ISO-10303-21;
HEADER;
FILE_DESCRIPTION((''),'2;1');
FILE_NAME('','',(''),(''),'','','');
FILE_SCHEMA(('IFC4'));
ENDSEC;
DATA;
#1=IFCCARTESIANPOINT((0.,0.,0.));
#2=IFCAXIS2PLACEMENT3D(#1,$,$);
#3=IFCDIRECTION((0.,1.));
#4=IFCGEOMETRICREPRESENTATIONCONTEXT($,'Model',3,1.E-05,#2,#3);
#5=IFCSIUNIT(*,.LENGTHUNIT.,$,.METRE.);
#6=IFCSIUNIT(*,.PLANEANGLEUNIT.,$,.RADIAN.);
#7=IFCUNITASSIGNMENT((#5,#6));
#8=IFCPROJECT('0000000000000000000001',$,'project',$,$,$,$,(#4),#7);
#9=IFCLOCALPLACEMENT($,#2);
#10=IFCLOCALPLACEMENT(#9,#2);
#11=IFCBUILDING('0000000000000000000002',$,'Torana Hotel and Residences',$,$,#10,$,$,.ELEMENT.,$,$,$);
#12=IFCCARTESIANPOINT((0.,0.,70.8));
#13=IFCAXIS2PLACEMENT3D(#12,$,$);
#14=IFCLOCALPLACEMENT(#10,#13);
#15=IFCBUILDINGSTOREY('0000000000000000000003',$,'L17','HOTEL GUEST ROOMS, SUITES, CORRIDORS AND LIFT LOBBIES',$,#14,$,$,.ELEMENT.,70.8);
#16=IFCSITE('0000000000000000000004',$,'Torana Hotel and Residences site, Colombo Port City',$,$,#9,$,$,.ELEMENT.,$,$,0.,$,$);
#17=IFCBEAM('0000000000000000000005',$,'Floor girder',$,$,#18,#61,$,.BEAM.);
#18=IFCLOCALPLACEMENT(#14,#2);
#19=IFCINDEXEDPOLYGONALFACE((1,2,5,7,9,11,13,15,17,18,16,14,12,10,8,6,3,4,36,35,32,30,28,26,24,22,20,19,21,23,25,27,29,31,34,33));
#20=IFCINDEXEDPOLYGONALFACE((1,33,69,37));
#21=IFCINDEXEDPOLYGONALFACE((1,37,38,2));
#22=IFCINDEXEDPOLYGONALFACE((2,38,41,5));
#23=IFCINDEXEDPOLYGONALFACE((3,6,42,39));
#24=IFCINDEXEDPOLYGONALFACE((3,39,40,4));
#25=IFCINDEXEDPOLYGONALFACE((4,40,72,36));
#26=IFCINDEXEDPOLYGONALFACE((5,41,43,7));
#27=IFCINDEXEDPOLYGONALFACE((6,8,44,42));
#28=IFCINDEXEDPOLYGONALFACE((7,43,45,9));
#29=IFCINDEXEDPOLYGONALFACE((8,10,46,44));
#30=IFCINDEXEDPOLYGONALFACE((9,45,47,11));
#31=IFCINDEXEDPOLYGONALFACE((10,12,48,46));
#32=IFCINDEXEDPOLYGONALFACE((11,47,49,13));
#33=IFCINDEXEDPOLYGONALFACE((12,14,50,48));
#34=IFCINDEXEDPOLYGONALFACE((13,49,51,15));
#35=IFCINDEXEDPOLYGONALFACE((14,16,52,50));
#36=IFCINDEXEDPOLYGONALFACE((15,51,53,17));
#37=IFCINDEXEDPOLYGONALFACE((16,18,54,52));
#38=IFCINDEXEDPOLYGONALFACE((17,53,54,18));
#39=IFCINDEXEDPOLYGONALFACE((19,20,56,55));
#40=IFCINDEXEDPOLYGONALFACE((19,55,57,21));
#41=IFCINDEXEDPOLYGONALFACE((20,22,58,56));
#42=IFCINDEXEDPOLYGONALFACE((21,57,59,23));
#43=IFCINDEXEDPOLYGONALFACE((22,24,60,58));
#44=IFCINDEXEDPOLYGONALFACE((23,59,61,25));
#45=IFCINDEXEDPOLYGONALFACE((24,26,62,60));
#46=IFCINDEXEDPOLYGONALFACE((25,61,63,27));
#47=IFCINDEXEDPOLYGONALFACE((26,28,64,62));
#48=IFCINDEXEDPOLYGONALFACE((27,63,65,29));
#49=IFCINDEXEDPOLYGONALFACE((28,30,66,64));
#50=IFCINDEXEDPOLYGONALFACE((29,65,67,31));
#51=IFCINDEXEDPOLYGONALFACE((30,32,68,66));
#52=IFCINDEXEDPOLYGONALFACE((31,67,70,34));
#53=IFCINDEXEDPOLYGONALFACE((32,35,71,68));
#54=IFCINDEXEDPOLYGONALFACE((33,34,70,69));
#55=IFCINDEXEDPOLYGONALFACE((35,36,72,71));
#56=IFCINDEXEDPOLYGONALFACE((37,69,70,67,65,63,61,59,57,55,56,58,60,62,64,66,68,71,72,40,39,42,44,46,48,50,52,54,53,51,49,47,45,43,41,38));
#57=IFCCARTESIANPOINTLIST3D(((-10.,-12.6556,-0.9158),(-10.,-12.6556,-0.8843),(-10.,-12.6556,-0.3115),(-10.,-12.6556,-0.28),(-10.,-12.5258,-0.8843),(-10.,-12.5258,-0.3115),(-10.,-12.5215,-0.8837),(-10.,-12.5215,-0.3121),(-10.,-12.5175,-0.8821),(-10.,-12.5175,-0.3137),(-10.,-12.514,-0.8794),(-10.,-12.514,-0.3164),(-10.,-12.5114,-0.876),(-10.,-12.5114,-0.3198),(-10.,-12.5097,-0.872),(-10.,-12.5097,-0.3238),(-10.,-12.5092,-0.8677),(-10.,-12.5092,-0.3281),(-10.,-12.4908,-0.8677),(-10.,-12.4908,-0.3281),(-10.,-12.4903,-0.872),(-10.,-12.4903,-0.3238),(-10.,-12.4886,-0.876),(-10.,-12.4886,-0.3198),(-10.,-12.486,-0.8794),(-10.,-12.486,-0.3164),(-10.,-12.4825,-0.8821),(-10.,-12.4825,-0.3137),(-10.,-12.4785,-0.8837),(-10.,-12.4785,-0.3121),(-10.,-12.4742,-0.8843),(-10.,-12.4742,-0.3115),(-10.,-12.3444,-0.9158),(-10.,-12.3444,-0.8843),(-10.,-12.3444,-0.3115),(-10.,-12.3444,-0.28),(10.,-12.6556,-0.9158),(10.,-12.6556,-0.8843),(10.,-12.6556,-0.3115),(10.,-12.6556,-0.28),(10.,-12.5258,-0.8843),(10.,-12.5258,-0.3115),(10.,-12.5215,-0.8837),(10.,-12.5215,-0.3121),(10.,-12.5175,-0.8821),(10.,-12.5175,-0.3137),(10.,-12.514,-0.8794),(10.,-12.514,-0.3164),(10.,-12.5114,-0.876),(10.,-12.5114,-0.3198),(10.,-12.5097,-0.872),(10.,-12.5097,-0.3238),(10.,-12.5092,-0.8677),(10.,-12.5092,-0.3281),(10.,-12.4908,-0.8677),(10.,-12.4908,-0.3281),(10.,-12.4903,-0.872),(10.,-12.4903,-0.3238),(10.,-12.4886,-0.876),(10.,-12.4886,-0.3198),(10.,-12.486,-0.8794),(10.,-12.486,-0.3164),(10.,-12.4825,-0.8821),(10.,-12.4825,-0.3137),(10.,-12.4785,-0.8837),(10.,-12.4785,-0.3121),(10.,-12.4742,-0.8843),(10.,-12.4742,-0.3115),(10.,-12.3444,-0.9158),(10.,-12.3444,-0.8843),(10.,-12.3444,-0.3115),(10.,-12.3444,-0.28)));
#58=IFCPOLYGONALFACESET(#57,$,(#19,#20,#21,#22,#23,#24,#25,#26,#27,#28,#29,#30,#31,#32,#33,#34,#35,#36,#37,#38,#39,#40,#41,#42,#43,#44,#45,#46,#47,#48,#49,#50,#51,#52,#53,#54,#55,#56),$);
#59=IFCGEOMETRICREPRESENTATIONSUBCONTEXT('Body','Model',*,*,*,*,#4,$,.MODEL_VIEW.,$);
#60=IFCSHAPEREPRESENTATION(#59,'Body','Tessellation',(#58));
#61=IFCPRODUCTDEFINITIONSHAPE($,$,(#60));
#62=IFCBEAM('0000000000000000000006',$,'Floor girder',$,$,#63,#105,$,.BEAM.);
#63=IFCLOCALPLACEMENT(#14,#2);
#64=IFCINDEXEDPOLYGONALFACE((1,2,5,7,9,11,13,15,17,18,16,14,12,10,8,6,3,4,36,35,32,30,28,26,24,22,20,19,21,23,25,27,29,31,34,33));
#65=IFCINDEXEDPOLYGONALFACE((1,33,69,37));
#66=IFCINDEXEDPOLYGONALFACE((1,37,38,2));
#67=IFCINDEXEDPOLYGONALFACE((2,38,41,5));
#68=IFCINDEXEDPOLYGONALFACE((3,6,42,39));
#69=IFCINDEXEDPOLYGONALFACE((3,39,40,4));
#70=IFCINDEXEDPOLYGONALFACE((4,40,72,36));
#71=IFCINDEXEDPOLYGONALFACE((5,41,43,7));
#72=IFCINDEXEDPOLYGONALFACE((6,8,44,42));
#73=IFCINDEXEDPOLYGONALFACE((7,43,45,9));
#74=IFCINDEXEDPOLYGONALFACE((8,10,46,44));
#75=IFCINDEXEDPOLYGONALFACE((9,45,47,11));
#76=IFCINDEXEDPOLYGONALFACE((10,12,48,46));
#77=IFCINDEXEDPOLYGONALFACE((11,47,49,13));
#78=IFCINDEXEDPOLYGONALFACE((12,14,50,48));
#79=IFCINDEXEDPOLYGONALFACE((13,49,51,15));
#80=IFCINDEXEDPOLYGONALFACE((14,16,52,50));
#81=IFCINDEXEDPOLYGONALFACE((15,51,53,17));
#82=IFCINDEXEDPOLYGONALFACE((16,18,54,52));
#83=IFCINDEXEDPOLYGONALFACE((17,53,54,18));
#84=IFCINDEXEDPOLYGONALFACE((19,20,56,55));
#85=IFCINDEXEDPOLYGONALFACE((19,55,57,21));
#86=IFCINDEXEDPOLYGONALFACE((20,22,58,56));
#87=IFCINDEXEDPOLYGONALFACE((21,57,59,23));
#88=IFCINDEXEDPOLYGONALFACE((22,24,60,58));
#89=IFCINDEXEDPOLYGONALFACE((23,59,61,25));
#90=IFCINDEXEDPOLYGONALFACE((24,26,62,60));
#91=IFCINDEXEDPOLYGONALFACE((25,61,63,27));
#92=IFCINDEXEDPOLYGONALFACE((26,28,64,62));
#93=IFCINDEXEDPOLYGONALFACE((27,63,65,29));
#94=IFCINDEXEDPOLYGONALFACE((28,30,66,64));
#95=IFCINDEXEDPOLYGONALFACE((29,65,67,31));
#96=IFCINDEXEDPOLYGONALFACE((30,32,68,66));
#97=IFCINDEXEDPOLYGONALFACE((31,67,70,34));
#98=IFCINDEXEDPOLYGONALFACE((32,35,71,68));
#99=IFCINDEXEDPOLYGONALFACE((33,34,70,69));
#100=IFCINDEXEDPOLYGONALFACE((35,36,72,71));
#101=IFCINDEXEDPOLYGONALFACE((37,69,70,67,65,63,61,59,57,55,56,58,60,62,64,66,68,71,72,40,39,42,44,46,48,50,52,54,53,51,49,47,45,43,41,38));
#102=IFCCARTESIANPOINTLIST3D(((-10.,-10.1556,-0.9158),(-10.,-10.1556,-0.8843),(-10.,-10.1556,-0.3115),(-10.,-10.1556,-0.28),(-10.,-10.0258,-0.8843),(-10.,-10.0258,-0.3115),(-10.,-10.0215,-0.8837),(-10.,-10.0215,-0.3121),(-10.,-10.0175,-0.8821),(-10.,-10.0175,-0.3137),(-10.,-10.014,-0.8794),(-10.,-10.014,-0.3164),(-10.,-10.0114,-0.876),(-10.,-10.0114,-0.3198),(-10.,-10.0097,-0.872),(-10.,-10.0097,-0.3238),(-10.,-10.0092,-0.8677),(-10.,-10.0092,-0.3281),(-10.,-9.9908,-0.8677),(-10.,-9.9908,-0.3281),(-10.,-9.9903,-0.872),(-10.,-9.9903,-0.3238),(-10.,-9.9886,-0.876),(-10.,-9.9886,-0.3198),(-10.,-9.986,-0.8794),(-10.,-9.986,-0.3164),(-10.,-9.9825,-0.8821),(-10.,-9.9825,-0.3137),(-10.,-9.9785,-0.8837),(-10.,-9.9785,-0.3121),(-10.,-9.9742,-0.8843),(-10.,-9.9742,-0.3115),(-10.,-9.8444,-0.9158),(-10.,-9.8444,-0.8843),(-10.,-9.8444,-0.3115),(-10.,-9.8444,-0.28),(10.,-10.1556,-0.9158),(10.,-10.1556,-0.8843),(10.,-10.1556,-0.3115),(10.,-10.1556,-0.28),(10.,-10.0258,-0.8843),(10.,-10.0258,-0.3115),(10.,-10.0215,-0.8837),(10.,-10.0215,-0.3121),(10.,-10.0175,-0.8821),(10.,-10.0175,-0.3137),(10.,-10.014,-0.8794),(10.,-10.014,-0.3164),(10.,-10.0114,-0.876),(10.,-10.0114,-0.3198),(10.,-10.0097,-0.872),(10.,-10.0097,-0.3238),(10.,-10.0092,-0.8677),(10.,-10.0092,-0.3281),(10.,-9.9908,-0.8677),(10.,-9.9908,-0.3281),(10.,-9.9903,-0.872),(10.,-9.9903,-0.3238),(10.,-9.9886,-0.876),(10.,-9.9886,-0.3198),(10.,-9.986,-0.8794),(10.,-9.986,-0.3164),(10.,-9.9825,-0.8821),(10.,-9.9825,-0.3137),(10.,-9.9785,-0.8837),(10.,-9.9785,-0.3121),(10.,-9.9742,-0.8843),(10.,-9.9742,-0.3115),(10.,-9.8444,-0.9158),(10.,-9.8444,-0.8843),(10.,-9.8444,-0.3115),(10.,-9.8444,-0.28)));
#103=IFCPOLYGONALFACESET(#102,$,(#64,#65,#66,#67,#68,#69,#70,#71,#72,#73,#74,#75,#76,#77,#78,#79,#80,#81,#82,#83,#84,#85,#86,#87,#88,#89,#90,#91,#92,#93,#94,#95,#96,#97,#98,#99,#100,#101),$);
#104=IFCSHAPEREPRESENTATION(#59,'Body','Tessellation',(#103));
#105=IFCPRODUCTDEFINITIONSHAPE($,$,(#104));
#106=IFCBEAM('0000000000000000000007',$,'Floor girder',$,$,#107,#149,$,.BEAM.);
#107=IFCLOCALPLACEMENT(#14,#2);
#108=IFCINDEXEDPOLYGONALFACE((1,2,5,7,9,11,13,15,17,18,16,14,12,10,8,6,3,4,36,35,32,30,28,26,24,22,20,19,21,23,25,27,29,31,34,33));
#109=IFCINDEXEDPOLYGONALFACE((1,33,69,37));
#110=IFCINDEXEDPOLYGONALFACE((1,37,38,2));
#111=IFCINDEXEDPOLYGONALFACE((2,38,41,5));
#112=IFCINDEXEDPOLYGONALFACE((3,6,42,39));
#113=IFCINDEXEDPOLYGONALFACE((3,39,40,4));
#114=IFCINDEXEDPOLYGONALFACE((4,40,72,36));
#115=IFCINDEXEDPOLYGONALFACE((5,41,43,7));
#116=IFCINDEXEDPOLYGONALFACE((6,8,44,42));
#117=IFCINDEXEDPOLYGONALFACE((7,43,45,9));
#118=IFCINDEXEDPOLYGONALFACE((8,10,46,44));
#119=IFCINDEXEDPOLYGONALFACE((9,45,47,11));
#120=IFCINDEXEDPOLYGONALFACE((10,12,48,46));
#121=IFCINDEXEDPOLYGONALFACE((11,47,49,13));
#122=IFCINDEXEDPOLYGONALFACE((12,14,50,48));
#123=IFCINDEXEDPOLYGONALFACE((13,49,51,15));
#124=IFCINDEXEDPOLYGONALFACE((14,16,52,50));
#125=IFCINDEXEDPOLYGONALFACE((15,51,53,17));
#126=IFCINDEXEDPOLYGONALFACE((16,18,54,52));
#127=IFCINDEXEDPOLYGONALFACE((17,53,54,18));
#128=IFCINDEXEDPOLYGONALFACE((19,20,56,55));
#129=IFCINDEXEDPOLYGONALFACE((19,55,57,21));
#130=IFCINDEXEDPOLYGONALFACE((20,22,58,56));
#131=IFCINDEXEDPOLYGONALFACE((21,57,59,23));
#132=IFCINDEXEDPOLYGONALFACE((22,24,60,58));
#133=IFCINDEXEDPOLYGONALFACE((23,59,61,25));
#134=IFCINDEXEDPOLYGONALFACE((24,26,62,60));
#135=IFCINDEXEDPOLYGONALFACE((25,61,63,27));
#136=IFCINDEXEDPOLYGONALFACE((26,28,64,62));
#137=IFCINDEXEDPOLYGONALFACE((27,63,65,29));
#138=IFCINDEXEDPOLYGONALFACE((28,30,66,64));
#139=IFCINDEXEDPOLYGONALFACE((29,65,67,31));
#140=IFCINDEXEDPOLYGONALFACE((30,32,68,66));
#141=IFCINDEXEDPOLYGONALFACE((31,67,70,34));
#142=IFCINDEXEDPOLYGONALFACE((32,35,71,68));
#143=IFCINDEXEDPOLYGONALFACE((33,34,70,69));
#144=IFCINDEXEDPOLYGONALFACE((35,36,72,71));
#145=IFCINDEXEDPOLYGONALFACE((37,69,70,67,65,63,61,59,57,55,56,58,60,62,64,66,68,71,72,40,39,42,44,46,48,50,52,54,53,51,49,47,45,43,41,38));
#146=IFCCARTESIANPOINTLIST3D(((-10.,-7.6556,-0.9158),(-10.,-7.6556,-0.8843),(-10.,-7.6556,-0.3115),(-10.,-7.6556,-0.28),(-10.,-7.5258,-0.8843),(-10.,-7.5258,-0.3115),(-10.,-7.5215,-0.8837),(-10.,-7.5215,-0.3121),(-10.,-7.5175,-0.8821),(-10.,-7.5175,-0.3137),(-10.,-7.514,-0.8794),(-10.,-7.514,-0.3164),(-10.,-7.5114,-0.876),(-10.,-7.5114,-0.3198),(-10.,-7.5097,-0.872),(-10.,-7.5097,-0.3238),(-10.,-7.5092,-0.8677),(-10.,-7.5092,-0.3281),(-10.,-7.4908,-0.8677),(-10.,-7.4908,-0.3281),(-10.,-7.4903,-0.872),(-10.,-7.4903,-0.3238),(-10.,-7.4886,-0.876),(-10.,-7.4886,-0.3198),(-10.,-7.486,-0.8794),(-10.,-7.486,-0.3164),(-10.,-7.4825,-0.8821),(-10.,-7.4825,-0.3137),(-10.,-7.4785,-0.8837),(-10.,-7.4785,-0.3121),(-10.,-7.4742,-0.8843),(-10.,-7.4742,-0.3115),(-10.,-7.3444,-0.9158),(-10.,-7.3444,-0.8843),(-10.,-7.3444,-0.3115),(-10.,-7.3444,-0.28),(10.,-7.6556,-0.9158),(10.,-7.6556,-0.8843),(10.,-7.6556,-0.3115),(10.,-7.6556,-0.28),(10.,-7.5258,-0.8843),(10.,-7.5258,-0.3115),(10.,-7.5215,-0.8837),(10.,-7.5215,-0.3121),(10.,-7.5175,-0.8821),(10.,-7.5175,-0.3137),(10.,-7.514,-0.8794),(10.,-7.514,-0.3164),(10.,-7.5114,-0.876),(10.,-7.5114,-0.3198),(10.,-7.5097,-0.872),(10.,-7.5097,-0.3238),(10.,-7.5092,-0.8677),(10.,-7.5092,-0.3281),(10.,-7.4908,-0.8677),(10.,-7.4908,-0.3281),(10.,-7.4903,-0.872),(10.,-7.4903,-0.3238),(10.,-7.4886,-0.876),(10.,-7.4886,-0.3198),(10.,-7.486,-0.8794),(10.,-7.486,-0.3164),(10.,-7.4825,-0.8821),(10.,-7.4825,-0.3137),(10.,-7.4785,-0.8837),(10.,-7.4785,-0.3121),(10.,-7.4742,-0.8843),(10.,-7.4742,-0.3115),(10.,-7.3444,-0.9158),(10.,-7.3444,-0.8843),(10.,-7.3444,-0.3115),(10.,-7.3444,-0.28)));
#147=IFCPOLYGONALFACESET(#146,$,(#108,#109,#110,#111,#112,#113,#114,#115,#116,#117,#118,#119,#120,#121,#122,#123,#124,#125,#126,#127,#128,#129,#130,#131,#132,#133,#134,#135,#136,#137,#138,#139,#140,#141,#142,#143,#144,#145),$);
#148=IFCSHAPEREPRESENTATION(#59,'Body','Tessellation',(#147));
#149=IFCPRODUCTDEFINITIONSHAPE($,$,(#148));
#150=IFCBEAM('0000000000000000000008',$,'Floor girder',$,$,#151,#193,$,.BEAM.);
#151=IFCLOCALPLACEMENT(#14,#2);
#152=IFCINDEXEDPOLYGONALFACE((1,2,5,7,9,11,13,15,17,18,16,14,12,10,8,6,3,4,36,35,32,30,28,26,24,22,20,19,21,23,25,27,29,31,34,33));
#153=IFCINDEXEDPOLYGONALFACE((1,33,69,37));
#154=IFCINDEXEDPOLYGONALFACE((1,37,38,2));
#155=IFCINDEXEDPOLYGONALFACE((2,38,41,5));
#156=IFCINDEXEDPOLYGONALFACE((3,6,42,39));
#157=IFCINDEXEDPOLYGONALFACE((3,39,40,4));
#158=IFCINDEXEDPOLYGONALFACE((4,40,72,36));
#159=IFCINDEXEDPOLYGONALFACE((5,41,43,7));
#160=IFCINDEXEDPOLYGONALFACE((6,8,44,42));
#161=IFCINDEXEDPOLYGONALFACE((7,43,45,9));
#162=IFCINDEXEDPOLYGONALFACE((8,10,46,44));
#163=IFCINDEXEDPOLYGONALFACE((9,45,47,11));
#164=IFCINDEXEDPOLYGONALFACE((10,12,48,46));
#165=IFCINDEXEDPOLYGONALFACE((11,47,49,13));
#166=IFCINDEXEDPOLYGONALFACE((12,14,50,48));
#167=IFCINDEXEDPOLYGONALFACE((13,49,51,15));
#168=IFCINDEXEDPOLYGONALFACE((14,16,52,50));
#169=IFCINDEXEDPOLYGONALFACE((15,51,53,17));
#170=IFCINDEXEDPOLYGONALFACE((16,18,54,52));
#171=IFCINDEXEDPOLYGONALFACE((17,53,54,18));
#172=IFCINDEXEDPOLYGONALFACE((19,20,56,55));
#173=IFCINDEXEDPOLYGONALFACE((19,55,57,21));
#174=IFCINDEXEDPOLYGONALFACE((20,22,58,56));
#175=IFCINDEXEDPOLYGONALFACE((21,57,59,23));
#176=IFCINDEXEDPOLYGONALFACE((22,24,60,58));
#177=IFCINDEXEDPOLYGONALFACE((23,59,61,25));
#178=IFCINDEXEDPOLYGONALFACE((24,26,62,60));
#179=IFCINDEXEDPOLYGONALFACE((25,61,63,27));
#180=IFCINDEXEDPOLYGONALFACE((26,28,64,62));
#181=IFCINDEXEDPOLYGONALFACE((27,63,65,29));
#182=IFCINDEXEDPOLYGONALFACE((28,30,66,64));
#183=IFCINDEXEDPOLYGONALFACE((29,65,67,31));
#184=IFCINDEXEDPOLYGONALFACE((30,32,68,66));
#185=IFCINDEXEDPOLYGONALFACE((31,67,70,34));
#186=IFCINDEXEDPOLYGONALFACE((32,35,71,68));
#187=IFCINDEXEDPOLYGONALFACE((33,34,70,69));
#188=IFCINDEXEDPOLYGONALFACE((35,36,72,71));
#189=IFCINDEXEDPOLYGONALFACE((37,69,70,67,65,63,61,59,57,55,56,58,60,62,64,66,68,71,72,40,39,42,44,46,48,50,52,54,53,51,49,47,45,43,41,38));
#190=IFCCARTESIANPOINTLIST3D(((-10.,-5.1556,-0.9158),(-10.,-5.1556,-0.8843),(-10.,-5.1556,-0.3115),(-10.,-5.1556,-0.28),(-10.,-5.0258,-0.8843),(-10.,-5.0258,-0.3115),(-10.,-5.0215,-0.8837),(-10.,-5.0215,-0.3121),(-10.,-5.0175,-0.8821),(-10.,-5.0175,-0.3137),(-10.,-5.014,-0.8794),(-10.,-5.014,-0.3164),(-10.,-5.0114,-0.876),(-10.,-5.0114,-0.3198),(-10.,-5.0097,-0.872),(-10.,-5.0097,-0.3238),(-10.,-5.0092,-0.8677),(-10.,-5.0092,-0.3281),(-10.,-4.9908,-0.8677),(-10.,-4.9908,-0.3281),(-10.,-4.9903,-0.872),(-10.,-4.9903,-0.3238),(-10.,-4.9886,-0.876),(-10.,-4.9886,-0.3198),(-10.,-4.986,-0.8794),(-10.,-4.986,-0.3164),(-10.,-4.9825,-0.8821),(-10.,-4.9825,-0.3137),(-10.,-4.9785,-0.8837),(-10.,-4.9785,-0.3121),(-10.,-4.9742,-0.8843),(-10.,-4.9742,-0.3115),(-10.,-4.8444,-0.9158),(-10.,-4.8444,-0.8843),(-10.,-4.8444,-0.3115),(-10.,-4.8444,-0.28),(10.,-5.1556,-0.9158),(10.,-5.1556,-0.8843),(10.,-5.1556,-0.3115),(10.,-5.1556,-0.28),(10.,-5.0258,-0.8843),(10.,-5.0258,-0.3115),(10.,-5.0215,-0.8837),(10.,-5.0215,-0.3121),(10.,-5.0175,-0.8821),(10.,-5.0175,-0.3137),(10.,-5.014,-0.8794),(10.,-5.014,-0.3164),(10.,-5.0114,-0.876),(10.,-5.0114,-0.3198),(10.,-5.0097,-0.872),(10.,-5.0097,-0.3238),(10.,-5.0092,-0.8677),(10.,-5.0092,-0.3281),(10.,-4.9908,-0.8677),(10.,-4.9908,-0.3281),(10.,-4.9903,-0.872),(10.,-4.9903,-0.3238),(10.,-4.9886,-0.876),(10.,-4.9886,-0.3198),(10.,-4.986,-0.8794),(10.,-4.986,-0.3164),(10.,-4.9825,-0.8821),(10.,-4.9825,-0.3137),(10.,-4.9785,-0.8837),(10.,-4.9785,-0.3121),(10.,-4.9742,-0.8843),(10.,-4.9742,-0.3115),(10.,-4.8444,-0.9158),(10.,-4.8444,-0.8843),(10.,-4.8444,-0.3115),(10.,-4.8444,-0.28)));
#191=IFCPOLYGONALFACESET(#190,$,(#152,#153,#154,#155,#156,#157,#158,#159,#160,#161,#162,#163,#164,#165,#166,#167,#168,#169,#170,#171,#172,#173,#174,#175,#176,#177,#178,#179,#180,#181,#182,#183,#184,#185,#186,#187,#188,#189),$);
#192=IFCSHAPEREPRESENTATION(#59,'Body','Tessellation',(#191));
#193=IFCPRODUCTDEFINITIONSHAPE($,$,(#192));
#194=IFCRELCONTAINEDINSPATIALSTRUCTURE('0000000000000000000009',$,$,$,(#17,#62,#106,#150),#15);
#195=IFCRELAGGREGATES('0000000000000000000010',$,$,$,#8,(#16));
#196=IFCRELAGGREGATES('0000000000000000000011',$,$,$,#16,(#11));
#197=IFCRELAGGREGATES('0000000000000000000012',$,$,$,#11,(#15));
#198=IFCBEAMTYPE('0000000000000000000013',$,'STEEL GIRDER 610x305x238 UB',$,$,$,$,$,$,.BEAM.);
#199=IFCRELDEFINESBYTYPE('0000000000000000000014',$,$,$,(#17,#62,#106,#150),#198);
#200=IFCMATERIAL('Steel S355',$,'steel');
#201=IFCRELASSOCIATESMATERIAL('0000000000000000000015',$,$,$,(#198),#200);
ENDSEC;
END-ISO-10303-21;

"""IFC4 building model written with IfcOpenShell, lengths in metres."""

from ifc_helpers import new_model, si_unit, direction, frame, origin, origin_2d, place, context, subcontext, project, spatial, i_section, extrude, material, material_profile, profile_set, type_object, element, save


model = new_model("IFC4")

# Units and contexts
model_context = context("Model", 3, precision=1e-05, world=origin(), true_north=direction((0.0, 1.0)))
body_context = subcontext(model_context, "Body", "Model", "MODEL_VIEW")
ifc_project = project(units=[si_unit("LENGTHUNIT", "METRE"), si_unit("PLANEANGLEUNIT", "RADIAN")], contexts=[model_context])

# Site, building, storey
site_placement = place(None, origin())
site = spatial("IfcSite", under=ifc_project, at=site_placement, Name="Torana Hotel and Residences site, Colombo Port City", CompositionType="ELEMENT", RefElevation=0.0)
building_placement = place(site_placement, origin())
building = spatial("IfcBuilding", under=site, at=building_placement, Name="Torana Hotel and Residences", CompositionType="ELEMENT")
storey_placement = place(building_placement, frame((0.0, 0.0, 70.8)))
storey = spatial("IfcBuildingStorey", under=building, at=storey_placement, Name="L17", Description="HOTEL GUEST ROOMS, SUITES, CORRIDORS AND LIFT LOBBIES", CompositionType="ELEMENT", Elevation=70.8)

# Beams
ifc_material_1 = material(Name="Steel S355", Category="steel")
ifc_material_profile = material_profile(ifc_material_1, i_section(OverallWidth=0.3113, OverallDepth=0.6357, WebThickness=0.0183, FlangeThickness=0.0315, FilletRadius=0.0166, at=origin_2d()), Name="610x305x238 UB")
ifc_profile_set = profile_set([ifc_material_profile], Name="Steel S355")
beam_type = type_object("IfcBeamType", Name="STEEL GIRDER 610x305x238 UB", PredefinedType="BEAM", material=ifc_profile_set)
for number, where, z_axis, x_axis, name in (
    (1, (-10.0, -12.5, -0.5979), (1.0, 0.0, 0.0), (0.0, 1.0, 0.0), "Floor girder"),
    (2, (-10.0, -10.0, -0.5979), (1.0, 0.0, 0.0), (0.0, 1.0, 0.0), "Floor girder"),
    (3, (-10.0, -7.5, -0.5979), (1.0, 0.0, 0.0), (0.0, 1.0, 0.0), "Floor girder"),
    (4, (-10.0, -5.0, -0.5979), (1.0, 0.0, 0.0), (0.0, 1.0, 0.0), "Floor girder"),
):
    element("IfcBeam", number, at=place(storey_placement, frame(where, z_axis=z_axis, x_axis=x_axis)), inside=storey, type_object=beam_type, Name=name, PredefinedType="BEAM", context=body_context, shape_type="SweptSolid", body=[
        extrude(i_section(OverallWidth=0.3113, OverallDepth=0.6357, WebThickness=0.0183, FlangeThickness=0.0315, FilletRadius=0.0166, at=origin_2d()), origin(), (0.0, 0.0, 1.0), 20.0),
    ])

save(model, "model.ifc")
